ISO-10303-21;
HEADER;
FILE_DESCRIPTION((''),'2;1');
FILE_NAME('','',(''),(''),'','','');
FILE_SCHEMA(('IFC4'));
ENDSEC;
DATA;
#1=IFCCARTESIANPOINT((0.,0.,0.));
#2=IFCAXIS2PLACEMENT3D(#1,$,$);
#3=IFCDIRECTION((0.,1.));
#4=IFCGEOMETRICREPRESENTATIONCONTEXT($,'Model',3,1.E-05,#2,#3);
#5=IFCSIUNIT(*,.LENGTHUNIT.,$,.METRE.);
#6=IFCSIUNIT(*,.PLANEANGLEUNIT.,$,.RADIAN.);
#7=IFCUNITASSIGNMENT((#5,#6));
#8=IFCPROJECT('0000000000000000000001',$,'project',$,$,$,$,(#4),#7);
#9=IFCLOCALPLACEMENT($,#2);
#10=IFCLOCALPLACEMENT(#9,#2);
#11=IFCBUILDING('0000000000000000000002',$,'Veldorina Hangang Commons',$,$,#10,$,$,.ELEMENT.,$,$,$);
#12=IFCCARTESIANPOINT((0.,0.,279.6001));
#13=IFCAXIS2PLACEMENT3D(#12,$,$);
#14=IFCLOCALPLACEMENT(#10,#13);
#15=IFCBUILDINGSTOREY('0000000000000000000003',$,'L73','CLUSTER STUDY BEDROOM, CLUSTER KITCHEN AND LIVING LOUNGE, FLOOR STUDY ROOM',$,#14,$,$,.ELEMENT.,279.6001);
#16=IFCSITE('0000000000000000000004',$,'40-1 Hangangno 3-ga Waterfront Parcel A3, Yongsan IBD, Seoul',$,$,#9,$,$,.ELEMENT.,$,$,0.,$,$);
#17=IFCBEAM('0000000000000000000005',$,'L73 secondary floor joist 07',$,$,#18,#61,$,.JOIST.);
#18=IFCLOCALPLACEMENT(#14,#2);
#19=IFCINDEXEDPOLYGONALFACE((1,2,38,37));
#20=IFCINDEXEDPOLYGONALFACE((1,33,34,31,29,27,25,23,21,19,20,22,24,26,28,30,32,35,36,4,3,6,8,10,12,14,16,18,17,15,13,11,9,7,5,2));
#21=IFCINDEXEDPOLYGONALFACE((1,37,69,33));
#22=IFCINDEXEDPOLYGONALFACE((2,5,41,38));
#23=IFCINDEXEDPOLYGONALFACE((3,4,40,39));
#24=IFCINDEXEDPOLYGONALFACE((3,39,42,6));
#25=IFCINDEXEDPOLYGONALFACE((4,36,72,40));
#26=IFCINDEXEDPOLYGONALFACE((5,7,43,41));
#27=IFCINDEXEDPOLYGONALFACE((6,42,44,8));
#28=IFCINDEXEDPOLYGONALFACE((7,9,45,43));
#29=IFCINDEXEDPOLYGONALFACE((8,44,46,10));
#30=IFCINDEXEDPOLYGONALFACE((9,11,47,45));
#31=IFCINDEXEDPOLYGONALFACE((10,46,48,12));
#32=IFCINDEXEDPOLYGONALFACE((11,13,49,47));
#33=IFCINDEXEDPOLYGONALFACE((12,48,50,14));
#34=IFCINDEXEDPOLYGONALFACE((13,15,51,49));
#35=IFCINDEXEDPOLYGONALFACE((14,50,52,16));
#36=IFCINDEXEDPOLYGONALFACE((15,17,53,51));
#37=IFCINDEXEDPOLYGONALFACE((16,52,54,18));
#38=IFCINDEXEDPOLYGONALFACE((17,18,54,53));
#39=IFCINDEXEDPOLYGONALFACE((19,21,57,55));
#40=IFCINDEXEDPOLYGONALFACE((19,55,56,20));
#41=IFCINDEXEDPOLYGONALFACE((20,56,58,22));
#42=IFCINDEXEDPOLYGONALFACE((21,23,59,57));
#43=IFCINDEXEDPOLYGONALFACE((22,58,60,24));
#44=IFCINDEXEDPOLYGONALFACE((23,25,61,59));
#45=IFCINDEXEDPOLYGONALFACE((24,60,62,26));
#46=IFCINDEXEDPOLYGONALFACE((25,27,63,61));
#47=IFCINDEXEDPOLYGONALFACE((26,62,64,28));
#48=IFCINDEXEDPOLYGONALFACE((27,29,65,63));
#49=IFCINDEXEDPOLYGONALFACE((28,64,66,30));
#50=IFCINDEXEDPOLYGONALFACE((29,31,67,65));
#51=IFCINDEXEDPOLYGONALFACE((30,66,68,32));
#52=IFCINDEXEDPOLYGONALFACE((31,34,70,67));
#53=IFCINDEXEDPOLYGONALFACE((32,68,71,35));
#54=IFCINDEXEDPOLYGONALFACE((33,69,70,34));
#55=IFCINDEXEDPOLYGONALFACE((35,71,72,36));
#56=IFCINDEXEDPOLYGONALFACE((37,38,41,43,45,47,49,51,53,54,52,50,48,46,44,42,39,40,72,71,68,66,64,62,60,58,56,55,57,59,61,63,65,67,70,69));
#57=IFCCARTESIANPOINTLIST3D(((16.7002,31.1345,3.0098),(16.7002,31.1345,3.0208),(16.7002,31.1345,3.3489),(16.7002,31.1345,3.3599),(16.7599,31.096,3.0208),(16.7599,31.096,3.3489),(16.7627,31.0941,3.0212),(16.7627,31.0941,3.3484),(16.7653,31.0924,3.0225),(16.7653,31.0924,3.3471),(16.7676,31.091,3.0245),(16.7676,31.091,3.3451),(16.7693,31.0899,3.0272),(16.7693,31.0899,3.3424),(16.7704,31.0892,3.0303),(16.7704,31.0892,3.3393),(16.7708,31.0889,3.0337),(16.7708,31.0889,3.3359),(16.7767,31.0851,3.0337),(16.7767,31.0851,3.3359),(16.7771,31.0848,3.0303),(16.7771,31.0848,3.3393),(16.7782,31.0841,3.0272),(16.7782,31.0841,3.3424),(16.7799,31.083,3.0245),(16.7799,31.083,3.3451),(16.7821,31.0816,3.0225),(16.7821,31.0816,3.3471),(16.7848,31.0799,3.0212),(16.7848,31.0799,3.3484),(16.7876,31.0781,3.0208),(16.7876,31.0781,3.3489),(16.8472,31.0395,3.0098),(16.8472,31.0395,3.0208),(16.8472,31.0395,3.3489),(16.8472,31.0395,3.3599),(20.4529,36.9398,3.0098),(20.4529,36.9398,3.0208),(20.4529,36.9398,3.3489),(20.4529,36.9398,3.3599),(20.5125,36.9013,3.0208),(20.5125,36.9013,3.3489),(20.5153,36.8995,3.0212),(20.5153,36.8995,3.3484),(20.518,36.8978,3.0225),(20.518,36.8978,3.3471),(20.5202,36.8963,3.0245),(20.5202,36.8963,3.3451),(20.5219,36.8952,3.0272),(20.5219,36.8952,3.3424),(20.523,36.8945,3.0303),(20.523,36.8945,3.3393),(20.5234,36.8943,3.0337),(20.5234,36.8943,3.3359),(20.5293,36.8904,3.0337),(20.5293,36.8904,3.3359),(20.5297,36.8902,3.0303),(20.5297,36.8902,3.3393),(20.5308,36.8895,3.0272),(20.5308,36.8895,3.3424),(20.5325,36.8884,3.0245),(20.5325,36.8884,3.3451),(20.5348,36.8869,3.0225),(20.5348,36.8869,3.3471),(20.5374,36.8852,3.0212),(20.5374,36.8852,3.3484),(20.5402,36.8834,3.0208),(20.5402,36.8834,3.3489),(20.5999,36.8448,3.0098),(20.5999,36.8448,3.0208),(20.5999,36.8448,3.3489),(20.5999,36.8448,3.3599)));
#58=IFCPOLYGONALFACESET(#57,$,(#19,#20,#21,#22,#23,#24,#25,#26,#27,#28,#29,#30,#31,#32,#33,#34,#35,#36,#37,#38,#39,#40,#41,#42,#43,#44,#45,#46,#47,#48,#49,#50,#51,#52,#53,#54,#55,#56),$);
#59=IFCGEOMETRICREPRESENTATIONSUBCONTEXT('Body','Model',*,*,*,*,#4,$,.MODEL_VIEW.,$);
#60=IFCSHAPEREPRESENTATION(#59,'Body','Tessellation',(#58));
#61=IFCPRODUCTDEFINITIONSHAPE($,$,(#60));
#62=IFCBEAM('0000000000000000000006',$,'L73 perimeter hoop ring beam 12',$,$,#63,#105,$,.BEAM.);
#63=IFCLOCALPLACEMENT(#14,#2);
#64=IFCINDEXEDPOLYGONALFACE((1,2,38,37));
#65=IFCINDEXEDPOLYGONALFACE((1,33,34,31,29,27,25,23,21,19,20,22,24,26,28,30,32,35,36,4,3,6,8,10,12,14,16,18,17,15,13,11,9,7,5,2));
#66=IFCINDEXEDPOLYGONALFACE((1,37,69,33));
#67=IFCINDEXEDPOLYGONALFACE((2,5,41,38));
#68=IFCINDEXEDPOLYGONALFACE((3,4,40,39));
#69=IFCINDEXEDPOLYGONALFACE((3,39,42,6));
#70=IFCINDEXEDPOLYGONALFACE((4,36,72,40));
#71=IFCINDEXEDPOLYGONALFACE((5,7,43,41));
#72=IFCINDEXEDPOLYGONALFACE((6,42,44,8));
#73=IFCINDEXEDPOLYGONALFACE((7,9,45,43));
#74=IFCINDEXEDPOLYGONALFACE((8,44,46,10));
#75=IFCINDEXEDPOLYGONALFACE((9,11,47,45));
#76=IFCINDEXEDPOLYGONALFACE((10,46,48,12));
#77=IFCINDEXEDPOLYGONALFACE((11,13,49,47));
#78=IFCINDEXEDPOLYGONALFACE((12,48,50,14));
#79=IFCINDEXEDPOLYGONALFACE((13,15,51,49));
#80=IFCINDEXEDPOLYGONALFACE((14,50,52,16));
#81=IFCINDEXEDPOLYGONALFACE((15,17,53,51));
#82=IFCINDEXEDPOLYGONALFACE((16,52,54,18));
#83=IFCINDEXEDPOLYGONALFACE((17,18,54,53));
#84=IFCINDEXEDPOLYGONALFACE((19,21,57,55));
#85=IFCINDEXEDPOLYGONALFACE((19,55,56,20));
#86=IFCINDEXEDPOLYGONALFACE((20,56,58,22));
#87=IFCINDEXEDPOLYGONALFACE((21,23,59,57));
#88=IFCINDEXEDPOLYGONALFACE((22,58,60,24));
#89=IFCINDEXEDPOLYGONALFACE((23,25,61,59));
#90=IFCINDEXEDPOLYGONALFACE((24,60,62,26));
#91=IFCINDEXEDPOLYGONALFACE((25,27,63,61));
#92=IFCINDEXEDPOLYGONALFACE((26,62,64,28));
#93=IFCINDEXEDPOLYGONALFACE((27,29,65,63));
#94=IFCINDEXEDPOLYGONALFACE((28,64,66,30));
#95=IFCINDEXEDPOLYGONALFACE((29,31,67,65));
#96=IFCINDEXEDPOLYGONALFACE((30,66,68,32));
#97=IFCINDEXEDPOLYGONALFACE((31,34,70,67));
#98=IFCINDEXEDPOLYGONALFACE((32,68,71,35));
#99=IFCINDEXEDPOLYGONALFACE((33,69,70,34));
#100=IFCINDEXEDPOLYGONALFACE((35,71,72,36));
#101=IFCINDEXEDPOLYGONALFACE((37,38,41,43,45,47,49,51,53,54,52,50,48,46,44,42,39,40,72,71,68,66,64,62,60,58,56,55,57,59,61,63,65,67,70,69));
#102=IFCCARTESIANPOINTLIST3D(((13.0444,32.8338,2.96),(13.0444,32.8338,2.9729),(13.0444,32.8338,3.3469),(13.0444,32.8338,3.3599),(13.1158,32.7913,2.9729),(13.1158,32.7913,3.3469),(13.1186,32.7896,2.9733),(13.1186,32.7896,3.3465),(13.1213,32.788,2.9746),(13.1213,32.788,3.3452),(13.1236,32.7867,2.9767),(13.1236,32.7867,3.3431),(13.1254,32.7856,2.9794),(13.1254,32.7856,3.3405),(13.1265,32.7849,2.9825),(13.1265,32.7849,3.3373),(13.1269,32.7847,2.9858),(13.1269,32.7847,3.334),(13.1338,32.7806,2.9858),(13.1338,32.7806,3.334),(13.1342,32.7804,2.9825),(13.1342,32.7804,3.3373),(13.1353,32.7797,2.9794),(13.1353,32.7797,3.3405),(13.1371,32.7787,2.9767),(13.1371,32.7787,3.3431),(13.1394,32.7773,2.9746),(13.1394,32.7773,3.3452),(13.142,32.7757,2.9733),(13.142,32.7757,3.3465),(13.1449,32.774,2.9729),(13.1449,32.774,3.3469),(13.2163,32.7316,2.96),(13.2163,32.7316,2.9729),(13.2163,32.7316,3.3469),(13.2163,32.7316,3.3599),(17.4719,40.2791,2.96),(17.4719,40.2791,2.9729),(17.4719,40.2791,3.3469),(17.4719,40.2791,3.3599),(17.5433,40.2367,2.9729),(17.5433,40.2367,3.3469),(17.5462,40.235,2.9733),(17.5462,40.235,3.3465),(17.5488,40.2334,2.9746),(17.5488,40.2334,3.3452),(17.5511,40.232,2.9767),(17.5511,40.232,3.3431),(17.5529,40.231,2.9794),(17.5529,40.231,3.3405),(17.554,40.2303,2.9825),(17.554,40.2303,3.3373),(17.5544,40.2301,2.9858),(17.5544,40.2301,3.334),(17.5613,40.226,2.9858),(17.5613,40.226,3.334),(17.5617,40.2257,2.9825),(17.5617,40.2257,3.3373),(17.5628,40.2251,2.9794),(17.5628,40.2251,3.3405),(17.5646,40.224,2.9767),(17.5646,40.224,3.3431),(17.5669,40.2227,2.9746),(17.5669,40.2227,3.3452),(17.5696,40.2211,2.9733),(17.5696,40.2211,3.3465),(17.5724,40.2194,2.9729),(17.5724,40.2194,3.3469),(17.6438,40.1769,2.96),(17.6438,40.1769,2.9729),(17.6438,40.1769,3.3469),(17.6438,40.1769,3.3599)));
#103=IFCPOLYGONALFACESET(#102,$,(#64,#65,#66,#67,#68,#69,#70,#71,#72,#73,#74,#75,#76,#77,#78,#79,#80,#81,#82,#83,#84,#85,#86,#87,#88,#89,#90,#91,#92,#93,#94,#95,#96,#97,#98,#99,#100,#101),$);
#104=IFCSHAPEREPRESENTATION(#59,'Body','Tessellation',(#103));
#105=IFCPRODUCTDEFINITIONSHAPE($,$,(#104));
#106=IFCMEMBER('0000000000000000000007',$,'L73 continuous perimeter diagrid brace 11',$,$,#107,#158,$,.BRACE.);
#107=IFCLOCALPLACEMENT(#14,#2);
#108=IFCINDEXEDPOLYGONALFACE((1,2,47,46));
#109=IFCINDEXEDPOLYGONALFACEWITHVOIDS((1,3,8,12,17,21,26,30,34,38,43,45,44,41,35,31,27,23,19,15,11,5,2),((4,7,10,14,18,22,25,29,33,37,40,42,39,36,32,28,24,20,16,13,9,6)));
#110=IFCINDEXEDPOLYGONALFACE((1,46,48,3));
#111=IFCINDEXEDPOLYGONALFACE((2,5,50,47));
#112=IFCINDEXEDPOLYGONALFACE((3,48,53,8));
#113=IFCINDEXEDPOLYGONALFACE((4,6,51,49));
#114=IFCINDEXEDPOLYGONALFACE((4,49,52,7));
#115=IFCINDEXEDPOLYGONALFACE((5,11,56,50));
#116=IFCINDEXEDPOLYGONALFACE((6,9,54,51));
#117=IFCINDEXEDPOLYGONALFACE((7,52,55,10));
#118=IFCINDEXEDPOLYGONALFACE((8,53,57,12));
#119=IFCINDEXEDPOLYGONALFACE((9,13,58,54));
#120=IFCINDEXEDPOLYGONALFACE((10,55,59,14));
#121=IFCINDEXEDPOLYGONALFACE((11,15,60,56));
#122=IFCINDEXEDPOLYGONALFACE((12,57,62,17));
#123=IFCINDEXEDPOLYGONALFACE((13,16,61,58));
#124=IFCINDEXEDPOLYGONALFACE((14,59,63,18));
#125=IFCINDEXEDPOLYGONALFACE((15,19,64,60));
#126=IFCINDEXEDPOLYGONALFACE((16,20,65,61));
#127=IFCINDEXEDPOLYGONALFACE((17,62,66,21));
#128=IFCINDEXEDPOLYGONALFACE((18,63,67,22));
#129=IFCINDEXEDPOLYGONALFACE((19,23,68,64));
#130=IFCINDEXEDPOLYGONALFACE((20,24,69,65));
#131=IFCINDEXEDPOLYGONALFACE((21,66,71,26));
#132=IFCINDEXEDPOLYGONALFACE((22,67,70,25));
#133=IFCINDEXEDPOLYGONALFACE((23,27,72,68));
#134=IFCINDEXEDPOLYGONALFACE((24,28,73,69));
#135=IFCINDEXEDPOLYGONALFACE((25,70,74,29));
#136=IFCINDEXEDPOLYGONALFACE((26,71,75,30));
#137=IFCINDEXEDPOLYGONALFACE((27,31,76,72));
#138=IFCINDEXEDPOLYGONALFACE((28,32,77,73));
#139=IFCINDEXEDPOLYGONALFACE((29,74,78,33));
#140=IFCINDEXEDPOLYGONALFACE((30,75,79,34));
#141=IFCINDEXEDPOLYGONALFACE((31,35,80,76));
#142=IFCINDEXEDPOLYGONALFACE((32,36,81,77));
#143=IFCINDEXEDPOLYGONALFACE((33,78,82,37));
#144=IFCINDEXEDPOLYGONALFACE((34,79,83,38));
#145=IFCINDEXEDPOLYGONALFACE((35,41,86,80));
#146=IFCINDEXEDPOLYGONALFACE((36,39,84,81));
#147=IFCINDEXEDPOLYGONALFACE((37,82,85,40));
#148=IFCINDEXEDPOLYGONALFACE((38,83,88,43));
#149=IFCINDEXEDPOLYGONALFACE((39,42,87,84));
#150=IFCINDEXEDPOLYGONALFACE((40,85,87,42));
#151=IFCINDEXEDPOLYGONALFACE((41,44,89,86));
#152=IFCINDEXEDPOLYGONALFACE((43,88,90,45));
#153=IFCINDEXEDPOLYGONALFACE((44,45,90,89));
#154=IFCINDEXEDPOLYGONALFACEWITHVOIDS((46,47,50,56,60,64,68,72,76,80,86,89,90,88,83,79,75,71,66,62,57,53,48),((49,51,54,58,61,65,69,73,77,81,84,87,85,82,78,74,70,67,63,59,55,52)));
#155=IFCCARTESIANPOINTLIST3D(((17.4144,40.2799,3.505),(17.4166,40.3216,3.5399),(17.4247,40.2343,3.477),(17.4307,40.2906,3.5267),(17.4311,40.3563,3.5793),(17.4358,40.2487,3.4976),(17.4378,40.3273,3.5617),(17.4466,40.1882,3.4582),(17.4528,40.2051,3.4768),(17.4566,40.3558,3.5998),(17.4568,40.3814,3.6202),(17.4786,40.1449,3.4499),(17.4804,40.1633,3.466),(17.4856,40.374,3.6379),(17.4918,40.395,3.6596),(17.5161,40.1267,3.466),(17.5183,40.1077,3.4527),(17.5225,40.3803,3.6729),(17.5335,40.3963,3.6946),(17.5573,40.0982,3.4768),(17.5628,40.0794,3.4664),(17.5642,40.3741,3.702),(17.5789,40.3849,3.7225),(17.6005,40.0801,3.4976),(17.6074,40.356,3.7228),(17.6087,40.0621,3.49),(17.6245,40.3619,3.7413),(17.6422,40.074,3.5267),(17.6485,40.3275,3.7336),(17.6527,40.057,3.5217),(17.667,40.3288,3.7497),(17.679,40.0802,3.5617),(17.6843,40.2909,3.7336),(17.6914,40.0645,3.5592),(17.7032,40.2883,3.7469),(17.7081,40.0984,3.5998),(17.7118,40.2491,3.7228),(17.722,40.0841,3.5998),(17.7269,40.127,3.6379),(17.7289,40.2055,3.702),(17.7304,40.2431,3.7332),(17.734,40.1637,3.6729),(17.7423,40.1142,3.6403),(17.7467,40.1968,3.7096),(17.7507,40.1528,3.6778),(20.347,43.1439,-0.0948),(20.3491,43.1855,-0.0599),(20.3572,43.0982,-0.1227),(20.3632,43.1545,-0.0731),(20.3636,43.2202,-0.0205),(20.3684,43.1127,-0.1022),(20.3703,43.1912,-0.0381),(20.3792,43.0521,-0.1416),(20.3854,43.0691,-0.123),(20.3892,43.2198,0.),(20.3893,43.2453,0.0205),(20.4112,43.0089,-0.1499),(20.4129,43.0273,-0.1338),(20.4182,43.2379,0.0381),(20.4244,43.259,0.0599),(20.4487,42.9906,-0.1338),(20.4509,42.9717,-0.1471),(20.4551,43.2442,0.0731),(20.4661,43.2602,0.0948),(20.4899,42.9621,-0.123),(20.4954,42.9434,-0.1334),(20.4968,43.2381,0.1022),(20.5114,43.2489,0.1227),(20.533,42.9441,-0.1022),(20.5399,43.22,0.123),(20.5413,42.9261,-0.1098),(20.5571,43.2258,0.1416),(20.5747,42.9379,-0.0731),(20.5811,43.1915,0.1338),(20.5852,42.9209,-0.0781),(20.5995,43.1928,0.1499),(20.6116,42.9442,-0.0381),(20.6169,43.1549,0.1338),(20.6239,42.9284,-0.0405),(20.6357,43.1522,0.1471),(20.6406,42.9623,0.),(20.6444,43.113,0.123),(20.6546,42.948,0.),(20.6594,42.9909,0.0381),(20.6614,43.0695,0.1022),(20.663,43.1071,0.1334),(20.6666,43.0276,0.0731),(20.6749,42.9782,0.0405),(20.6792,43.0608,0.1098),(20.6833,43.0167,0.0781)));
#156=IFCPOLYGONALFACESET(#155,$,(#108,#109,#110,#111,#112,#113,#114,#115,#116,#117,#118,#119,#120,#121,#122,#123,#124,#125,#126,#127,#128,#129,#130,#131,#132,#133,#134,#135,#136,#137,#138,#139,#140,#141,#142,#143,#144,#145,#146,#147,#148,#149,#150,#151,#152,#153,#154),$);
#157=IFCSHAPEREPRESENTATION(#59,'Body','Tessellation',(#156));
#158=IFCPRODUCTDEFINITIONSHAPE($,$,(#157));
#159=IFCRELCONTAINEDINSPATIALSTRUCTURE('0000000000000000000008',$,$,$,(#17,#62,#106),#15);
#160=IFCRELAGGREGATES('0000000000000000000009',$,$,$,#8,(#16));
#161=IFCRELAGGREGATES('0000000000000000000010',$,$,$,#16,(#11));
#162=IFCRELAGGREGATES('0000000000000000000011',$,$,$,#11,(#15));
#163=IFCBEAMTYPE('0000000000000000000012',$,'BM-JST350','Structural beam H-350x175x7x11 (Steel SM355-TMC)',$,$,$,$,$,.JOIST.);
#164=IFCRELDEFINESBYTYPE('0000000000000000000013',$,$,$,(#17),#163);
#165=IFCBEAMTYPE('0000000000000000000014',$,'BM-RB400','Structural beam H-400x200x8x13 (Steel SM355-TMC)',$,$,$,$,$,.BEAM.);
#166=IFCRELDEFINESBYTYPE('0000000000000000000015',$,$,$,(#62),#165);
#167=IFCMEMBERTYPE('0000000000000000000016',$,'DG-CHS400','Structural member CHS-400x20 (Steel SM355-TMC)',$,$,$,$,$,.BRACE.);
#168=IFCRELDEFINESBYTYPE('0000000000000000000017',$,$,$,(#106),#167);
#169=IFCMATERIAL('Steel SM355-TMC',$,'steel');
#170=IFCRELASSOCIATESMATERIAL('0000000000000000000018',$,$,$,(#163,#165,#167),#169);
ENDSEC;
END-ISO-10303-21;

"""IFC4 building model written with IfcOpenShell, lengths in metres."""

from ifc_helpers import new_model, si_unit, direction, frame, origin, origin_2d, place, context, subcontext, project, spatial, hollow_circle, i_section, extrude, material, material_profile, profile_set, type_object, element, save


model = new_model("IFC4")

# Units and contexts
model_context = context("Model", 3, precision=1e-05, world=origin(), true_north=direction((0.0, 1.0)))
body_context = subcontext(model_context, "Body", "Model", "MODEL_VIEW")
ifc_project = project(units=[si_unit("LENGTHUNIT", "METRE"), si_unit("PLANEANGLEUNIT", "RADIAN")], contexts=[model_context])

# Site, building, storey
site_placement = place(None, origin())
site = spatial("IfcSite", under=ifc_project, at=site_placement, Name="40-1 Hangangno 3-ga Waterfront Parcel A3, Yongsan IBD, Seoul", CompositionType="ELEMENT", RefElevation=0.0)
building_placement = place(site_placement, origin())
building = spatial("IfcBuilding", under=site, at=building_placement, Name="Veldorina Hangang Commons", CompositionType="ELEMENT")
storey_placement = place(building_placement, frame((0.0, 0.0, 279.6001)))
storey = spatial("IfcBuildingStorey", under=building, at=storey_placement, Name="L73", Description="CLUSTER STUDY BEDROOM, CLUSTER KITCHEN AND LIVING LOUNGE, FLOOR STUDY ROOM", CompositionType="ELEMENT", Elevation=279.6001)

# Beams
ifc_material_1 = material(Name="Steel SM355-TMC", Category="steel")
ifc_material_profile_1 = material_profile(ifc_material_1, i_section(OverallWidth=0.175, OverallDepth=0.3501, WebThickness=0.0071, FlangeThickness=0.011, FilletRadius=0.0129, at=origin_2d()), Name="H-350x175x7x11")
ifc_profile_set_1 = profile_set([ifc_material_profile_1], Name="Steel SM355-TMC")
beam_type_1 = type_object("IfcBeamType", Name="BM-JST350", Description="Structural beam H-350x175x7x11 (Steel SM355-TMC)", PredefinedType="JOIST", material=ifc_profile_set_1)
beam_1_placement = place(storey_placement, frame((20.5264, 36.8923, 3.1848), z_axis=(-0.542868, -0.839818, 0.0), x_axis=(0.839818, -0.542868, 0.0)))
element("IfcBeam", 1, at=beam_1_placement, inside=storey, type_object=beam_type_1, Name="L73 secondary floor joist 07", PredefinedType="JOIST", context=body_context, shape_type="SweptSolid", body=[
    extrude(i_section(OverallWidth=0.175, OverallDepth=0.3501, WebThickness=0.0071, FlangeThickness=0.011, FilletRadius=0.0129, at=origin_2d()), origin(), (0.0, 0.0, 1.0), 6.9126),
])
ifc_material_profile_2 = material_profile(ifc_material_1, i_section(OverallWidth=0.2, OverallDepth=0.3999, WebThickness=0.0081, FlangeThickness=0.0129, FilletRadius=0.0129, at=origin_2d()), Name="H-400x200x8x13")
ifc_profile_set_2 = profile_set([ifc_material_profile_2], Name="Steel SM355-TMC")
beam_type_2 = type_object("IfcBeamType", Name="BM-RB400", Description="Structural beam H-400x200x8x13 (Steel SM355-TMC)", PredefinedType="BEAM", material=ifc_profile_set_2)
beam_2_placement = place(storey_placement, frame((17.5579, 40.228, 3.1599), z_axis=(-0.511122, -0.859508, 0.0), x_axis=(0.859508, -0.511122, 0.0)))
element("IfcBeam", 2, at=beam_2_placement, inside=storey, type_object=beam_type_2, Name="L73 perimeter hoop ring beam 12", PredefinedType="BEAM", context=body_context, shape_type="SweptSolid", body=[
    extrude(i_section(OverallWidth=0.2, OverallDepth=0.3999, WebThickness=0.0081, FlangeThickness=0.0129, FilletRadius=0.0129, at=origin_2d()), origin(), (0.0, 0.0, 1.0), 8.6624),
])

# Member
ifc_material_profile_3 = material_profile(ifc_material_1, hollow_circle(Radius=0.2, WallThickness=0.02, at=origin_2d()), Name="CHS-400x20")
ifc_profile_set_3 = profile_set([ifc_material_profile_3], Name="Steel SM355-TMC")
member_type_1 = type_object("IfcMemberType", Name="DG-CHS400", Description="Structural member CHS-400x20 (Steel SM355-TMC)", PredefinedType="BRACE", material=ifc_profile_set_3)
member_1_placement = place(storey_placement, frame((20.5149, 43.0911, 0.0), z_axis=(-0.537559, -0.524984, 0.659866), x_axis=(0.698689, -0.715425, 0.0)))
element("IfcMember", 3, at=member_1_placement, inside=storey, type_object=member_type_1, Name="L73 continuous perimeter diagrid brace 11", PredefinedType="BRACE", context=body_context, shape_type="SweptSolid", body=[
    extrude(hollow_circle(Radius=0.2, WallThickness=0.02, at=origin_2d()), origin(), (0.0, 0.0, 1.0), 5.4553),
])

save(model, "model.ifc")
